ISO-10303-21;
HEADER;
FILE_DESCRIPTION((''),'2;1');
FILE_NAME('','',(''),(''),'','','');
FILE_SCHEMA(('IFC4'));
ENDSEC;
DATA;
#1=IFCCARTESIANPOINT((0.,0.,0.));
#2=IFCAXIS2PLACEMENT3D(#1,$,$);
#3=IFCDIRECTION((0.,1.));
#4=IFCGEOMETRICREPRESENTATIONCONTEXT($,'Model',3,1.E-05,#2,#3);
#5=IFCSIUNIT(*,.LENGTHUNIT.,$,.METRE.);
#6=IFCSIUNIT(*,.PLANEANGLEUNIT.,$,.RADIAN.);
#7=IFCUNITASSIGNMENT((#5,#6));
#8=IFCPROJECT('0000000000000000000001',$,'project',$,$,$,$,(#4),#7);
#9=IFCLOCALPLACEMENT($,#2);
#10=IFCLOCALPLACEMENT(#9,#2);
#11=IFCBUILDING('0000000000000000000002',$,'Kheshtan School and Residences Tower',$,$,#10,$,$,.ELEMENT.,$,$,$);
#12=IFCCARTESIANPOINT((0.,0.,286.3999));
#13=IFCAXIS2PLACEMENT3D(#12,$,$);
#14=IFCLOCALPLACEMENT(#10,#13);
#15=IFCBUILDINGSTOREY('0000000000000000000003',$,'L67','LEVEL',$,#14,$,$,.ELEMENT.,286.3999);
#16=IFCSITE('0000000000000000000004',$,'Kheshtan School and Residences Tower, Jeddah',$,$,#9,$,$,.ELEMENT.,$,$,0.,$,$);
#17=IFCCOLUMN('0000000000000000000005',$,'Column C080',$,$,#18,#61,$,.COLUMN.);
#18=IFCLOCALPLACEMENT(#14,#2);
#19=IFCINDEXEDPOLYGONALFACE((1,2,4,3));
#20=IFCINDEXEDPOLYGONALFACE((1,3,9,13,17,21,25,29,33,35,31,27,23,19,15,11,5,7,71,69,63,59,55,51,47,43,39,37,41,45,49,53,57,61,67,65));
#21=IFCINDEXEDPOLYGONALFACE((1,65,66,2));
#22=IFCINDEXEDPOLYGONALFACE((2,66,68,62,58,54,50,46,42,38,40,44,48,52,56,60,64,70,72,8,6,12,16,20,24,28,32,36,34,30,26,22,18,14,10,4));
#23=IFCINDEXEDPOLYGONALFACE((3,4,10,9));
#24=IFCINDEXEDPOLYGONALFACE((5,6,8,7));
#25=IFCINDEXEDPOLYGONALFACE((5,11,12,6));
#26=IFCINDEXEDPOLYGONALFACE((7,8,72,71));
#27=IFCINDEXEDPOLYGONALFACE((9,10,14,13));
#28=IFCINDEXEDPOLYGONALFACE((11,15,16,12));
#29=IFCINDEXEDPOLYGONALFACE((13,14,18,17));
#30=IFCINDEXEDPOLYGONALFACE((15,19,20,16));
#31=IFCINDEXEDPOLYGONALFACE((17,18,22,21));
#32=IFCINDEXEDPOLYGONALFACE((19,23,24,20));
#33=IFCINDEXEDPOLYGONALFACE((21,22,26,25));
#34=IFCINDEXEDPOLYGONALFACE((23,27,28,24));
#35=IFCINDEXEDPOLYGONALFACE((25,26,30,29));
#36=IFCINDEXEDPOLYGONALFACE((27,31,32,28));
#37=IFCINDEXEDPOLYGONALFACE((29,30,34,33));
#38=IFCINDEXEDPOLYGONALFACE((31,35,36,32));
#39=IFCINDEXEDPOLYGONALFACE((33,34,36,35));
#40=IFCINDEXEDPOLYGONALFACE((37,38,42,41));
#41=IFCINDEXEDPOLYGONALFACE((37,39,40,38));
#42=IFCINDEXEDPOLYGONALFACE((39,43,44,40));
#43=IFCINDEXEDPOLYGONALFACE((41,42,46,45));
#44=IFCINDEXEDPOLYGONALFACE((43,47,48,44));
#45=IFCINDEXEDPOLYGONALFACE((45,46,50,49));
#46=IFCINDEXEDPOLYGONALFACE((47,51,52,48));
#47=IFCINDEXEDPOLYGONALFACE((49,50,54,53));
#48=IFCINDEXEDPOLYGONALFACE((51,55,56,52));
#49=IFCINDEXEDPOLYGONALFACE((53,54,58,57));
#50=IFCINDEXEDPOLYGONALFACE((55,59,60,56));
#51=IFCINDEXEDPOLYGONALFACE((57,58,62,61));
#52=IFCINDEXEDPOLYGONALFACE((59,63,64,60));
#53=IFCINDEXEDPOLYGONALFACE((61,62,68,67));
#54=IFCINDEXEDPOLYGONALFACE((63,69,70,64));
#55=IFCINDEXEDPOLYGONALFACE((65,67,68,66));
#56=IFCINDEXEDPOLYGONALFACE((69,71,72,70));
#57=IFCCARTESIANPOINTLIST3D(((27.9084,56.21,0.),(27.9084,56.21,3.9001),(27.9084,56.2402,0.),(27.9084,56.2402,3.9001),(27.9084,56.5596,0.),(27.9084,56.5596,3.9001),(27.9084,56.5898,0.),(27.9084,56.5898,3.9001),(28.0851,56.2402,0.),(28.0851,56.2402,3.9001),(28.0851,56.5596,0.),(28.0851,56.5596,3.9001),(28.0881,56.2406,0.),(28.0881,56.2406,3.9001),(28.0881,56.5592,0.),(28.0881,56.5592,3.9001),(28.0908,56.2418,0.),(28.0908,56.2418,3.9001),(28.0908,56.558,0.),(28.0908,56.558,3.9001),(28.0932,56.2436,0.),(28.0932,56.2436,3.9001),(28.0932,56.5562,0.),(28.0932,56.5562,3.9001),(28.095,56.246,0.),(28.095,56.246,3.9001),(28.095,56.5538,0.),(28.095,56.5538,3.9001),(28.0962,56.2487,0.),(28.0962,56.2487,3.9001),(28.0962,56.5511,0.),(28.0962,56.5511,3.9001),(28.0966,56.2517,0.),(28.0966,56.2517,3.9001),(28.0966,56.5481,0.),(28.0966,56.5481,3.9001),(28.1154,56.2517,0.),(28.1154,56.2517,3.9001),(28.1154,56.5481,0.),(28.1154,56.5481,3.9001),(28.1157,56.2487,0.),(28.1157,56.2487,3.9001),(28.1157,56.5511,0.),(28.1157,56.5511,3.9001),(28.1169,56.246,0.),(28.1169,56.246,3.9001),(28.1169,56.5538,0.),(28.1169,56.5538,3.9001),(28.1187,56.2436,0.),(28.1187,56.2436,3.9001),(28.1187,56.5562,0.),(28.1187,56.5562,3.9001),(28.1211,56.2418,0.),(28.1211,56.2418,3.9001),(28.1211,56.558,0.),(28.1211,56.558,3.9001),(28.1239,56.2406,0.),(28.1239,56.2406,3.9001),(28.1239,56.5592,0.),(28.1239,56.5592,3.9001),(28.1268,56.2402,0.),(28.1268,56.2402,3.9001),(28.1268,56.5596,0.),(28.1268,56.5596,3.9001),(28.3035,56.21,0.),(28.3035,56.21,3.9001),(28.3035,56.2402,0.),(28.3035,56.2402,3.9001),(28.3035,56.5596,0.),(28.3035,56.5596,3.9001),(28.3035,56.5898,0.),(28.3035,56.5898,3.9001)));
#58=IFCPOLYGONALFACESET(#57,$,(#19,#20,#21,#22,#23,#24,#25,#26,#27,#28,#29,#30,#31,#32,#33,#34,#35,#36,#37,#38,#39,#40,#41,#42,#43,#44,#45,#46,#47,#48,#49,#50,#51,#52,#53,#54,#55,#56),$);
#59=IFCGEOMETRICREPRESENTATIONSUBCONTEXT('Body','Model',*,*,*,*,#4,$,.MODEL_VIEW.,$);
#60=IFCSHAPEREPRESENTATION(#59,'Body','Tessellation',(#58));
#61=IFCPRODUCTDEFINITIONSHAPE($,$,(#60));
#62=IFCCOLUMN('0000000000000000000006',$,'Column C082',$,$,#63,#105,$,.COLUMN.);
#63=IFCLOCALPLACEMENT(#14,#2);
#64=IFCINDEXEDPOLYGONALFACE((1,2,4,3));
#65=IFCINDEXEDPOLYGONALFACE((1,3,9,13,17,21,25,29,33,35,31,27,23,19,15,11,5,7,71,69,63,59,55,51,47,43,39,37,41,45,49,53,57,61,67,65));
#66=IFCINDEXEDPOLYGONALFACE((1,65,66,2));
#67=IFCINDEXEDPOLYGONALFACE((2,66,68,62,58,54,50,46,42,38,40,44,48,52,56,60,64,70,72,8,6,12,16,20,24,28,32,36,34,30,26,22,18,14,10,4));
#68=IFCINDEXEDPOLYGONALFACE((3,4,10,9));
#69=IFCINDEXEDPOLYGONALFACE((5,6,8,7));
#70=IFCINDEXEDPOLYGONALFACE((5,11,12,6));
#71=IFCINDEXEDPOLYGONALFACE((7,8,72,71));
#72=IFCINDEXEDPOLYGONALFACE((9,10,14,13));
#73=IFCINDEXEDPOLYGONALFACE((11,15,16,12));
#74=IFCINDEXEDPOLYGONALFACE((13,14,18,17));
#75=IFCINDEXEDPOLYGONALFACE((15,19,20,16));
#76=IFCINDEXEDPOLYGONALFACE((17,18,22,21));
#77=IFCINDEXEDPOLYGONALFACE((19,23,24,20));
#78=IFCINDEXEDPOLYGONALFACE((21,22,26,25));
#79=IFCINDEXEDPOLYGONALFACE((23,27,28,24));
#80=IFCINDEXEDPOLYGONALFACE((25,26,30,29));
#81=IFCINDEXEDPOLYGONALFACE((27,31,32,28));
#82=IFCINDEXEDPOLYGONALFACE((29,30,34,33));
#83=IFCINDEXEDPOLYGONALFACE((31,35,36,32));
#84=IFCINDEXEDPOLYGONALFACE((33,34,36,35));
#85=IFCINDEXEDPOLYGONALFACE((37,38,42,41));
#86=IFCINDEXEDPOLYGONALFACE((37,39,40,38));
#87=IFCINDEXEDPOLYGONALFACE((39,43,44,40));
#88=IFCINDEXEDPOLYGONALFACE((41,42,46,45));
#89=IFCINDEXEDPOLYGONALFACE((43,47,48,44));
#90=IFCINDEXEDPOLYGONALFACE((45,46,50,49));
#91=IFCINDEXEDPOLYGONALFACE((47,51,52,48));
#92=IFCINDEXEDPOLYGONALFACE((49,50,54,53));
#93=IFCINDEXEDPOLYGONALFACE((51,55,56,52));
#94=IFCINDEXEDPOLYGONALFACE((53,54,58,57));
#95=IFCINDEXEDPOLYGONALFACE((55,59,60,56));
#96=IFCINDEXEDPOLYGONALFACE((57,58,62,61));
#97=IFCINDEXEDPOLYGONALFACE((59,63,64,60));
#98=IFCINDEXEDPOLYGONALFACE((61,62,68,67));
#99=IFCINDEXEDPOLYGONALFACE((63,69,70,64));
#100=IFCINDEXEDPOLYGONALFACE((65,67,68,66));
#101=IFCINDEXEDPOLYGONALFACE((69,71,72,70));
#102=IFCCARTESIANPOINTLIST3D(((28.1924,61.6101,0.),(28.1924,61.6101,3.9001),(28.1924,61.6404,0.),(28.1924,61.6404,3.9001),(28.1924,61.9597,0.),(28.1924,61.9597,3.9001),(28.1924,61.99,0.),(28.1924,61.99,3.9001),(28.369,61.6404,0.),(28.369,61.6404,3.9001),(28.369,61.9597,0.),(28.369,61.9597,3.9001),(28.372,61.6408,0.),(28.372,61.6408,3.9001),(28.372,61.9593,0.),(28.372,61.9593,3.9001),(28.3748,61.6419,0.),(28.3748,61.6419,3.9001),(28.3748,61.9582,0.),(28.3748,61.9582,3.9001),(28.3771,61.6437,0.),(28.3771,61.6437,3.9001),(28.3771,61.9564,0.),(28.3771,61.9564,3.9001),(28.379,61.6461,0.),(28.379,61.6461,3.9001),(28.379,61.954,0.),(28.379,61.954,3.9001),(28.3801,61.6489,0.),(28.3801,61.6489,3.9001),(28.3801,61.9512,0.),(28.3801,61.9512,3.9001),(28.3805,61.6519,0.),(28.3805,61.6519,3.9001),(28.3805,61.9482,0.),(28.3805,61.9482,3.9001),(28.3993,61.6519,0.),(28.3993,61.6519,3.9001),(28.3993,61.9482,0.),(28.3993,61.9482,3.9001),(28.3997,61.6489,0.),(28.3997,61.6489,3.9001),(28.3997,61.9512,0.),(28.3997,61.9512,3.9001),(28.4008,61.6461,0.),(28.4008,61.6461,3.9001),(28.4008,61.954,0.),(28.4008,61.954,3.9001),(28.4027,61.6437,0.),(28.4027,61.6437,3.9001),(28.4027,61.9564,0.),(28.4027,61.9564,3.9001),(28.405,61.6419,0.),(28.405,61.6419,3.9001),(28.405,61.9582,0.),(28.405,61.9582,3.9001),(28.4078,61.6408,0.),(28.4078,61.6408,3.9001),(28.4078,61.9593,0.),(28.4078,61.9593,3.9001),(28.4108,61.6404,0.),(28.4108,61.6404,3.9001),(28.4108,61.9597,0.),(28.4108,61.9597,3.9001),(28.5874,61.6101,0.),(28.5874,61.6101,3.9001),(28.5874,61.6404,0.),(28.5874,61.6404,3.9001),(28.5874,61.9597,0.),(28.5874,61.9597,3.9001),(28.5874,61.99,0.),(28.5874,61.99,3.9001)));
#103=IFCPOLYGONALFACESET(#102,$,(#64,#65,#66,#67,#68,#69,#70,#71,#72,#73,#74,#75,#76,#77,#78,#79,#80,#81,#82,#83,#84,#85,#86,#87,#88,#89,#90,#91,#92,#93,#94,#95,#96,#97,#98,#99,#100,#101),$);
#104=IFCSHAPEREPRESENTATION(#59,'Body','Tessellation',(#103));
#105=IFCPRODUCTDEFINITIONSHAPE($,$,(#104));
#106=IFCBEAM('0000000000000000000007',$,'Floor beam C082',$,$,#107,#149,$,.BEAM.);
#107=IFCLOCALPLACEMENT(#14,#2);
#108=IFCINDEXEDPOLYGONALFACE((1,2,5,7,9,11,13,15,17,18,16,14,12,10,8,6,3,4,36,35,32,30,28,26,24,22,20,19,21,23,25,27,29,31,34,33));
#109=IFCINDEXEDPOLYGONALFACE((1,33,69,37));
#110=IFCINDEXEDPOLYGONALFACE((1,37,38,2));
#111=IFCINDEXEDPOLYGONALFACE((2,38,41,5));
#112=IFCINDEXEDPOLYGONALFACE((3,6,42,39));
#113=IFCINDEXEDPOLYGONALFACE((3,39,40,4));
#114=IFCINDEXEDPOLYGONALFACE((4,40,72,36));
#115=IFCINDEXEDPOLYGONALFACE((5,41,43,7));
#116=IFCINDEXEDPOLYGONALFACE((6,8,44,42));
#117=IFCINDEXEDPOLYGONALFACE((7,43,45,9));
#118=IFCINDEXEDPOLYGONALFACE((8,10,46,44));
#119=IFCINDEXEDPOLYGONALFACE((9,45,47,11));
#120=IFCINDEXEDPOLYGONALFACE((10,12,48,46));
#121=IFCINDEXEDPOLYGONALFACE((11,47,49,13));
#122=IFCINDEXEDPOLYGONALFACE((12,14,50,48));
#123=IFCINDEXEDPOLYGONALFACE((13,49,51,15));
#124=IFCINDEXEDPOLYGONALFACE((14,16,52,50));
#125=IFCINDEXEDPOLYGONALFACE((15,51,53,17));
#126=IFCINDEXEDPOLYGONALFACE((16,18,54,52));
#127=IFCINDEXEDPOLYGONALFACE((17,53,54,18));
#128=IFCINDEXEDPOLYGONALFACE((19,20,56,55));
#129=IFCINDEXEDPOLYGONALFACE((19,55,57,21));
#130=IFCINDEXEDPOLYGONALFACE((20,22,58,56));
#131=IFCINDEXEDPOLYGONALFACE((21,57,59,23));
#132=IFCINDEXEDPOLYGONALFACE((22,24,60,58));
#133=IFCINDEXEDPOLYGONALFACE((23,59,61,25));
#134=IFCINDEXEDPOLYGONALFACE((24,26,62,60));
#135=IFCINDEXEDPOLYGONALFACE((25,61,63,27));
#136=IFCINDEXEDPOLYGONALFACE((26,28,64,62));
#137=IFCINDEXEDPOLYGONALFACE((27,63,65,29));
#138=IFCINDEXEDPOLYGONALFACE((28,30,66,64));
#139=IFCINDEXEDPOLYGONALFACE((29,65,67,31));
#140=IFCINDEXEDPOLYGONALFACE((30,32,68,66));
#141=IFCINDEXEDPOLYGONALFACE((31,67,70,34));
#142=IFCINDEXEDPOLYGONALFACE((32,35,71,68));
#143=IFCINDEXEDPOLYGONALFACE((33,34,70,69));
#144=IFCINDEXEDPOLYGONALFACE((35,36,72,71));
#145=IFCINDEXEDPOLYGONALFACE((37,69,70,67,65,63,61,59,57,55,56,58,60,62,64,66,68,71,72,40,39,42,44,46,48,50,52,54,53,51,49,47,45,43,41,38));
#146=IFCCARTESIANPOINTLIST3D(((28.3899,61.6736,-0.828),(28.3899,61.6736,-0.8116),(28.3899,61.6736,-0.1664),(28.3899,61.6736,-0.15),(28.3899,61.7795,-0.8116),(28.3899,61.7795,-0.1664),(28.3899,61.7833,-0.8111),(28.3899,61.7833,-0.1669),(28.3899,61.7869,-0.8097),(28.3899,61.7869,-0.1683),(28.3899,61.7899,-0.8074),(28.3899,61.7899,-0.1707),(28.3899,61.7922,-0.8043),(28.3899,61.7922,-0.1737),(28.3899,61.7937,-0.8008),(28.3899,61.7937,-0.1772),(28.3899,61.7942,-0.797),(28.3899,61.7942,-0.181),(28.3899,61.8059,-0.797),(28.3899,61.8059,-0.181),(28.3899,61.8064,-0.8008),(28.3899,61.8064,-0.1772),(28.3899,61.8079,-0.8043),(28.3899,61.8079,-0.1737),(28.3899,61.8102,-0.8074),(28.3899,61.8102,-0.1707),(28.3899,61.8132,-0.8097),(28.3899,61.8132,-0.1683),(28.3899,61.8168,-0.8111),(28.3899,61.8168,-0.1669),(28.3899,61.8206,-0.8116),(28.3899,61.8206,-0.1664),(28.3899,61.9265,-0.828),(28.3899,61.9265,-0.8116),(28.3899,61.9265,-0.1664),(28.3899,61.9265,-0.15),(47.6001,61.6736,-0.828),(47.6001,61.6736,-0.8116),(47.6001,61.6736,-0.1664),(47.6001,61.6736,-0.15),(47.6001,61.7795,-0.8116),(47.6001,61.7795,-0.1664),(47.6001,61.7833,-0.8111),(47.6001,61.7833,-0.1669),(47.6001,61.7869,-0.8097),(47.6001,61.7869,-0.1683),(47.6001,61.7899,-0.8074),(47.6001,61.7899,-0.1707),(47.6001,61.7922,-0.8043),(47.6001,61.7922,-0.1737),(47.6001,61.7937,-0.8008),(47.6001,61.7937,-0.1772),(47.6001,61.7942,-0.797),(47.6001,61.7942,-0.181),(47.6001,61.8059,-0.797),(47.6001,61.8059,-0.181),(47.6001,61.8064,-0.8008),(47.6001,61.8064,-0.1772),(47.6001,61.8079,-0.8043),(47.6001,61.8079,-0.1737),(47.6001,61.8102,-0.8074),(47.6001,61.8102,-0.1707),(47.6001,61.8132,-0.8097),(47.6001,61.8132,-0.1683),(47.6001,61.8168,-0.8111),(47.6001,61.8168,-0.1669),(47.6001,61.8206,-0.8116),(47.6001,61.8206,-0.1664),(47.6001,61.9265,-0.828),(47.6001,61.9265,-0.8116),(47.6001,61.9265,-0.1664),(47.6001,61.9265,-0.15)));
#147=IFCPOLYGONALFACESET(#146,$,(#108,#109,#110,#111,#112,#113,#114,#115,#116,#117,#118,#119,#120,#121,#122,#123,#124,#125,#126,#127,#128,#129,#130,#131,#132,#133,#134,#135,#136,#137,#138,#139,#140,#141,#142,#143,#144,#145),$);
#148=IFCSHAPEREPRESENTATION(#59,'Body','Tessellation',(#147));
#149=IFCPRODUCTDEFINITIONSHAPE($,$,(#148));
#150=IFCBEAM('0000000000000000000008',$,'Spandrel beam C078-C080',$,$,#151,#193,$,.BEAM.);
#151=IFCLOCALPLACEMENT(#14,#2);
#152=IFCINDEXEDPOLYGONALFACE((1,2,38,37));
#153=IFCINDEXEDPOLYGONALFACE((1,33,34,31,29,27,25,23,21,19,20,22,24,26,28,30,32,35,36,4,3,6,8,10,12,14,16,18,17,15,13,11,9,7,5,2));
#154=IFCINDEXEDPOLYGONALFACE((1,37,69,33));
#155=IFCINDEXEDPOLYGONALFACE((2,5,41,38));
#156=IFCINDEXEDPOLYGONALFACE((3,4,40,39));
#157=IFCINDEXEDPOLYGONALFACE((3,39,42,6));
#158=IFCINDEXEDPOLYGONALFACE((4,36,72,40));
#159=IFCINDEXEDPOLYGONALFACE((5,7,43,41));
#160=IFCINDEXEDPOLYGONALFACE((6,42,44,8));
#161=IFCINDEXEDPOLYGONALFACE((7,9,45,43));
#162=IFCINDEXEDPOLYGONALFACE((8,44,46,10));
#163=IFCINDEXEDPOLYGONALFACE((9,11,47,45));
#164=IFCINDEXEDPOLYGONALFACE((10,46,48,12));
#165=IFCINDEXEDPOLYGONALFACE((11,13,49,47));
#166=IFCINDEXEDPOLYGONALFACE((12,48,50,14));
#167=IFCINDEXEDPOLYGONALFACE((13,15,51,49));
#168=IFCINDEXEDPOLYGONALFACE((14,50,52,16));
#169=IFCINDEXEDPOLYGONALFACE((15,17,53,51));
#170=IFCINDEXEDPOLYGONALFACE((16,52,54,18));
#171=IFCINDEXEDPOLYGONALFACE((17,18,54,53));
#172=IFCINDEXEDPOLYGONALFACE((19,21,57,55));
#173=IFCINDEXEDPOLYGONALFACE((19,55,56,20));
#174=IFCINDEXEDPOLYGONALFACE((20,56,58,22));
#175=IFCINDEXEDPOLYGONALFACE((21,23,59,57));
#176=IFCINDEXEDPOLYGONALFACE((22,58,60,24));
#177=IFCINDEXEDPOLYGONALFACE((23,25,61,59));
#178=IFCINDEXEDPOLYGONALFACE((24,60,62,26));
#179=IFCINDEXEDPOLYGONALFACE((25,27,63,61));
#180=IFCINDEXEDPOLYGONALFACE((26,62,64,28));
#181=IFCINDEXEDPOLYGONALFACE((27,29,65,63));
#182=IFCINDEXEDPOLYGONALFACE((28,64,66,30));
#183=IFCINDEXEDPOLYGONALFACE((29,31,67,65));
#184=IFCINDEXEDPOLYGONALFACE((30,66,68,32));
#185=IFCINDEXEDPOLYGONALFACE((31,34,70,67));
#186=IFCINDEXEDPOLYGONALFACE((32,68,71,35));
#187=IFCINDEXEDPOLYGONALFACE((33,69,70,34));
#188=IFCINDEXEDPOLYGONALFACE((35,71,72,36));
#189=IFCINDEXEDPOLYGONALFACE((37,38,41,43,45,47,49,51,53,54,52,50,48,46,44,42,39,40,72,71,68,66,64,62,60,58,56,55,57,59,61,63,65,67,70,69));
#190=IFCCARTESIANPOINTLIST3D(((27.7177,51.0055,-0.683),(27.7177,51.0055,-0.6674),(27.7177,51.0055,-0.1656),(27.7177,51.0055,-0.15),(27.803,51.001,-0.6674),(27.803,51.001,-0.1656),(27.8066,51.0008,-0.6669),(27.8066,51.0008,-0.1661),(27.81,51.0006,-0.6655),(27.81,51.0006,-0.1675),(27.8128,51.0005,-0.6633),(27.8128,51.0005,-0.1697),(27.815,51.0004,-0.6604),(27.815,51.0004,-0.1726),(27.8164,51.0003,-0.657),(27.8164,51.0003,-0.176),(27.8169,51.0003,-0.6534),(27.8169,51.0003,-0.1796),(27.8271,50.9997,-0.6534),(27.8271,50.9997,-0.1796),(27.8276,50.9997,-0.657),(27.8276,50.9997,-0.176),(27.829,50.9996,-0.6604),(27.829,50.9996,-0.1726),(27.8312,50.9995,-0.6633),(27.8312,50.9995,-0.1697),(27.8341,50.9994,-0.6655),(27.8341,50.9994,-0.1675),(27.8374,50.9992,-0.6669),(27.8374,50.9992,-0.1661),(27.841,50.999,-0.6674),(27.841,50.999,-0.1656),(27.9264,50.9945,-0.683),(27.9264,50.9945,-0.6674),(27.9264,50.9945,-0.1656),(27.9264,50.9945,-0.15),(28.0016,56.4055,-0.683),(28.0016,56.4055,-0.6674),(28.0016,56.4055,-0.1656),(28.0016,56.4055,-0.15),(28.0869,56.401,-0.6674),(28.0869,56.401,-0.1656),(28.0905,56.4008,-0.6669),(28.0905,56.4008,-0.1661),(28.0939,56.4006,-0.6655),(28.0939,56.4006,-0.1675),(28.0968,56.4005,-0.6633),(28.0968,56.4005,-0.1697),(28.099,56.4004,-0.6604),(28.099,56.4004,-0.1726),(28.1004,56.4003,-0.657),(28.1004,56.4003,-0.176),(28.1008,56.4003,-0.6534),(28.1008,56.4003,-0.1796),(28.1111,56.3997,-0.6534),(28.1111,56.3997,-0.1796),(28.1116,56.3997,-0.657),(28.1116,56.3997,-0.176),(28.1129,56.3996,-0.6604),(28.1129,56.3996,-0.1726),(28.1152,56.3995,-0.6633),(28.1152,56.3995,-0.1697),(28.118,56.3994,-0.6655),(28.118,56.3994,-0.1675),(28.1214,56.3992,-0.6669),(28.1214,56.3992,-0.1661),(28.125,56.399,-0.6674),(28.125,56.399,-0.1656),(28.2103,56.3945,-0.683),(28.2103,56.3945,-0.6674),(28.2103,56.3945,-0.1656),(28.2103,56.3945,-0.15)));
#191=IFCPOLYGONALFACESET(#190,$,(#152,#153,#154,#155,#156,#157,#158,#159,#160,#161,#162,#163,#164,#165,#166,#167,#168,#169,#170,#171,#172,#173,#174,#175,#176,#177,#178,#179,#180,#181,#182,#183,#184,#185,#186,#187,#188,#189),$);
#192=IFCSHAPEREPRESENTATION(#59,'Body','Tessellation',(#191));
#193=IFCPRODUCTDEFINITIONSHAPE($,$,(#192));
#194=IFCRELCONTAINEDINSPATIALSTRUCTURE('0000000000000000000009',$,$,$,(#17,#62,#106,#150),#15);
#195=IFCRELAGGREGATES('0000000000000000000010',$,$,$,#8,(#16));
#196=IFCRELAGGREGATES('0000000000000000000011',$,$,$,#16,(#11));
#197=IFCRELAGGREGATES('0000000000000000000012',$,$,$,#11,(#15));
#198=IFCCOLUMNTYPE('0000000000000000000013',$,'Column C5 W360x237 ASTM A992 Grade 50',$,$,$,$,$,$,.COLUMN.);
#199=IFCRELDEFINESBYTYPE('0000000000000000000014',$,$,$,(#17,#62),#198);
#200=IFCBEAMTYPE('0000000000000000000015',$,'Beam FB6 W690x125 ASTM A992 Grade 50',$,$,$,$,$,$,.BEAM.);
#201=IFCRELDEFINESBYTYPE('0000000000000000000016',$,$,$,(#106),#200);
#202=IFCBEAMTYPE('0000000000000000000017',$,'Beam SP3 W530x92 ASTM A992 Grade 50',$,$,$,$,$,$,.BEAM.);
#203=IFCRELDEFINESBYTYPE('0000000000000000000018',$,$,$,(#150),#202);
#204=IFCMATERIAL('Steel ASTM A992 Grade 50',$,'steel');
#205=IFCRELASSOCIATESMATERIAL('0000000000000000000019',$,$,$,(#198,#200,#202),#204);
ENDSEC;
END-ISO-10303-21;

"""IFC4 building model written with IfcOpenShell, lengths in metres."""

from ifc_helpers import new_model, si_unit, direction, frame, origin, origin_2d, place, context, subcontext, project, spatial, i_section, extrude, material, material_profile, profile_set, type_object, element, save


model = new_model("IFC4")

# Units and contexts
model_context = context("Model", 3, precision=1e-05, world=origin(), true_north=direction((0.0, 1.0)))
body_context = subcontext(model_context, "Body", "Model", "MODEL_VIEW")
ifc_project = project(units=[si_unit("LENGTHUNIT", "METRE"), si_unit("PLANEANGLEUNIT", "RADIAN")], contexts=[model_context])

# Site, building, storey
site_placement = place(None, origin())
site = spatial("IfcSite", under=ifc_project, at=site_placement, Name="Kheshtan School and Residences Tower, Jeddah", CompositionType="ELEMENT", RefElevation=0.0)
building_placement = place(site_placement, origin())
building = spatial("IfcBuilding", under=site, at=building_placement, Name="Kheshtan School and Residences Tower", CompositionType="ELEMENT")
storey_placement = place(building_placement, frame((0.0, 0.0, 286.3999)))
storey = spatial("IfcBuildingStorey", under=building, at=storey_placement, Name="L67", Description="LEVEL", CompositionType="ELEMENT", Elevation=286.3999)

# Columns
ifc_material_1 = material(Name="Steel ASTM A992 Grade 50", Category="steel")
ifc_material_profile_1 = material_profile(ifc_material_1, i_section(OverallWidth=0.395, OverallDepth=0.3799, WebThickness=0.0188, FlangeThickness=0.0303, FilletRadius=0.0115, at=origin_2d()), Name="W360x237")
ifc_profile_set_1 = profile_set([ifc_material_profile_1], Name="Steel ASTM A992 Grade 50")
column_type = type_object("IfcColumnType", Name="Column C5 W360x237 ASTM A992 Grade 50", PredefinedType="COLUMN", material=ifc_profile_set_1)
for number, where, z_axis, x_axis, name in (
    (1, (28.106, 56.3999, 0.0), (0.0, 0.0, 1.0), (1.0, 0.0, 0.0), "Column C080"),
    (2, (28.3899, 61.8, 0.0), (0.0, 0.0, 1.0), (1.0, 0.0, 0.0), "Column C082"),
):
    element("IfcColumn", number, at=place(storey_placement, frame(where, z_axis=z_axis, x_axis=x_axis)), inside=storey, type_object=column_type, Name=name, PredefinedType="COLUMN", context=body_context, shape_type="SweptSolid", body=[
        extrude(i_section(OverallWidth=0.395, OverallDepth=0.3799, WebThickness=0.0188, FlangeThickness=0.0303, FilletRadius=0.0115, at=origin_2d()), origin(), (0.0, 0.0, 1.0), 3.9001),
    ])

# Beams
ifc_material_profile_2 = material_profile(ifc_material_1, i_section(OverallWidth=0.2529, OverallDepth=0.678, WebThickness=0.0117, FlangeThickness=0.0164, FilletRadius=0.0146, at=origin_2d()), Name="W690x125")
ifc_profile_set_2 = profile_set([ifc_material_profile_2], Name="Steel ASTM A992 Grade 50")
beam_type_1 = type_object("IfcBeamType", Name="Beam FB6 W690x125 ASTM A992 Grade 50", PredefinedType="BEAM", material=ifc_profile_set_2)
beam_1_placement = place(storey_placement, frame((28.3899, 61.8, -0.489), z_axis=(1.0, 0.0, 0.0), x_axis=(0.0, 1.0, 0.0)))
element("IfcBeam", 3, at=beam_1_placement, inside=storey, type_object=beam_type_1, Name="Floor beam C082", PredefinedType="BEAM", context=body_context, shape_type="SweptSolid", body=[
    extrude(i_section(OverallWidth=0.2529, OverallDepth=0.678, WebThickness=0.0117, FlangeThickness=0.0164, FilletRadius=0.0146, at=origin_2d()), origin(), (0.0, 0.0, 1.0), 19.2102),
])
ifc_material_profile_3 = material_profile(ifc_material_1, i_section(OverallWidth=0.209, OverallDepth=0.533, WebThickness=0.0103, FlangeThickness=0.0156, FilletRadius=0.0139, at=origin_2d()), Name="W530x92")
ifc_profile_set_3 = profile_set([ifc_material_profile_3], Name="Steel ASTM A992 Grade 50")
beam_type_2 = type_object("IfcBeamType", Name="Beam SP3 W530x92 ASTM A992 Grade 50", PredefinedType="BEAM", material=ifc_profile_set_3)
beam_2_placement = place(storey_placement, frame((27.822, 51.0, -0.4165), z_axis=(0.052509, 0.99862, 0.0), x_axis=(-0.99862, 0.052509, 0.0)))
element("IfcBeam", 4, at=beam_2_placement, inside=storey, type_object=beam_type_2, Name="Spandrel beam C078-C080", PredefinedType="BEAM", context=body_context, shape_type="SweptSolid", body=[
    extrude(i_section(OverallWidth=0.209, OverallDepth=0.533, WebThickness=0.0103, FlangeThickness=0.0156, FilletRadius=0.0139, at=origin_2d()), origin(), (0.0, 0.0, 1.0), 5.4075),
])

save(model, "model.ifc")
